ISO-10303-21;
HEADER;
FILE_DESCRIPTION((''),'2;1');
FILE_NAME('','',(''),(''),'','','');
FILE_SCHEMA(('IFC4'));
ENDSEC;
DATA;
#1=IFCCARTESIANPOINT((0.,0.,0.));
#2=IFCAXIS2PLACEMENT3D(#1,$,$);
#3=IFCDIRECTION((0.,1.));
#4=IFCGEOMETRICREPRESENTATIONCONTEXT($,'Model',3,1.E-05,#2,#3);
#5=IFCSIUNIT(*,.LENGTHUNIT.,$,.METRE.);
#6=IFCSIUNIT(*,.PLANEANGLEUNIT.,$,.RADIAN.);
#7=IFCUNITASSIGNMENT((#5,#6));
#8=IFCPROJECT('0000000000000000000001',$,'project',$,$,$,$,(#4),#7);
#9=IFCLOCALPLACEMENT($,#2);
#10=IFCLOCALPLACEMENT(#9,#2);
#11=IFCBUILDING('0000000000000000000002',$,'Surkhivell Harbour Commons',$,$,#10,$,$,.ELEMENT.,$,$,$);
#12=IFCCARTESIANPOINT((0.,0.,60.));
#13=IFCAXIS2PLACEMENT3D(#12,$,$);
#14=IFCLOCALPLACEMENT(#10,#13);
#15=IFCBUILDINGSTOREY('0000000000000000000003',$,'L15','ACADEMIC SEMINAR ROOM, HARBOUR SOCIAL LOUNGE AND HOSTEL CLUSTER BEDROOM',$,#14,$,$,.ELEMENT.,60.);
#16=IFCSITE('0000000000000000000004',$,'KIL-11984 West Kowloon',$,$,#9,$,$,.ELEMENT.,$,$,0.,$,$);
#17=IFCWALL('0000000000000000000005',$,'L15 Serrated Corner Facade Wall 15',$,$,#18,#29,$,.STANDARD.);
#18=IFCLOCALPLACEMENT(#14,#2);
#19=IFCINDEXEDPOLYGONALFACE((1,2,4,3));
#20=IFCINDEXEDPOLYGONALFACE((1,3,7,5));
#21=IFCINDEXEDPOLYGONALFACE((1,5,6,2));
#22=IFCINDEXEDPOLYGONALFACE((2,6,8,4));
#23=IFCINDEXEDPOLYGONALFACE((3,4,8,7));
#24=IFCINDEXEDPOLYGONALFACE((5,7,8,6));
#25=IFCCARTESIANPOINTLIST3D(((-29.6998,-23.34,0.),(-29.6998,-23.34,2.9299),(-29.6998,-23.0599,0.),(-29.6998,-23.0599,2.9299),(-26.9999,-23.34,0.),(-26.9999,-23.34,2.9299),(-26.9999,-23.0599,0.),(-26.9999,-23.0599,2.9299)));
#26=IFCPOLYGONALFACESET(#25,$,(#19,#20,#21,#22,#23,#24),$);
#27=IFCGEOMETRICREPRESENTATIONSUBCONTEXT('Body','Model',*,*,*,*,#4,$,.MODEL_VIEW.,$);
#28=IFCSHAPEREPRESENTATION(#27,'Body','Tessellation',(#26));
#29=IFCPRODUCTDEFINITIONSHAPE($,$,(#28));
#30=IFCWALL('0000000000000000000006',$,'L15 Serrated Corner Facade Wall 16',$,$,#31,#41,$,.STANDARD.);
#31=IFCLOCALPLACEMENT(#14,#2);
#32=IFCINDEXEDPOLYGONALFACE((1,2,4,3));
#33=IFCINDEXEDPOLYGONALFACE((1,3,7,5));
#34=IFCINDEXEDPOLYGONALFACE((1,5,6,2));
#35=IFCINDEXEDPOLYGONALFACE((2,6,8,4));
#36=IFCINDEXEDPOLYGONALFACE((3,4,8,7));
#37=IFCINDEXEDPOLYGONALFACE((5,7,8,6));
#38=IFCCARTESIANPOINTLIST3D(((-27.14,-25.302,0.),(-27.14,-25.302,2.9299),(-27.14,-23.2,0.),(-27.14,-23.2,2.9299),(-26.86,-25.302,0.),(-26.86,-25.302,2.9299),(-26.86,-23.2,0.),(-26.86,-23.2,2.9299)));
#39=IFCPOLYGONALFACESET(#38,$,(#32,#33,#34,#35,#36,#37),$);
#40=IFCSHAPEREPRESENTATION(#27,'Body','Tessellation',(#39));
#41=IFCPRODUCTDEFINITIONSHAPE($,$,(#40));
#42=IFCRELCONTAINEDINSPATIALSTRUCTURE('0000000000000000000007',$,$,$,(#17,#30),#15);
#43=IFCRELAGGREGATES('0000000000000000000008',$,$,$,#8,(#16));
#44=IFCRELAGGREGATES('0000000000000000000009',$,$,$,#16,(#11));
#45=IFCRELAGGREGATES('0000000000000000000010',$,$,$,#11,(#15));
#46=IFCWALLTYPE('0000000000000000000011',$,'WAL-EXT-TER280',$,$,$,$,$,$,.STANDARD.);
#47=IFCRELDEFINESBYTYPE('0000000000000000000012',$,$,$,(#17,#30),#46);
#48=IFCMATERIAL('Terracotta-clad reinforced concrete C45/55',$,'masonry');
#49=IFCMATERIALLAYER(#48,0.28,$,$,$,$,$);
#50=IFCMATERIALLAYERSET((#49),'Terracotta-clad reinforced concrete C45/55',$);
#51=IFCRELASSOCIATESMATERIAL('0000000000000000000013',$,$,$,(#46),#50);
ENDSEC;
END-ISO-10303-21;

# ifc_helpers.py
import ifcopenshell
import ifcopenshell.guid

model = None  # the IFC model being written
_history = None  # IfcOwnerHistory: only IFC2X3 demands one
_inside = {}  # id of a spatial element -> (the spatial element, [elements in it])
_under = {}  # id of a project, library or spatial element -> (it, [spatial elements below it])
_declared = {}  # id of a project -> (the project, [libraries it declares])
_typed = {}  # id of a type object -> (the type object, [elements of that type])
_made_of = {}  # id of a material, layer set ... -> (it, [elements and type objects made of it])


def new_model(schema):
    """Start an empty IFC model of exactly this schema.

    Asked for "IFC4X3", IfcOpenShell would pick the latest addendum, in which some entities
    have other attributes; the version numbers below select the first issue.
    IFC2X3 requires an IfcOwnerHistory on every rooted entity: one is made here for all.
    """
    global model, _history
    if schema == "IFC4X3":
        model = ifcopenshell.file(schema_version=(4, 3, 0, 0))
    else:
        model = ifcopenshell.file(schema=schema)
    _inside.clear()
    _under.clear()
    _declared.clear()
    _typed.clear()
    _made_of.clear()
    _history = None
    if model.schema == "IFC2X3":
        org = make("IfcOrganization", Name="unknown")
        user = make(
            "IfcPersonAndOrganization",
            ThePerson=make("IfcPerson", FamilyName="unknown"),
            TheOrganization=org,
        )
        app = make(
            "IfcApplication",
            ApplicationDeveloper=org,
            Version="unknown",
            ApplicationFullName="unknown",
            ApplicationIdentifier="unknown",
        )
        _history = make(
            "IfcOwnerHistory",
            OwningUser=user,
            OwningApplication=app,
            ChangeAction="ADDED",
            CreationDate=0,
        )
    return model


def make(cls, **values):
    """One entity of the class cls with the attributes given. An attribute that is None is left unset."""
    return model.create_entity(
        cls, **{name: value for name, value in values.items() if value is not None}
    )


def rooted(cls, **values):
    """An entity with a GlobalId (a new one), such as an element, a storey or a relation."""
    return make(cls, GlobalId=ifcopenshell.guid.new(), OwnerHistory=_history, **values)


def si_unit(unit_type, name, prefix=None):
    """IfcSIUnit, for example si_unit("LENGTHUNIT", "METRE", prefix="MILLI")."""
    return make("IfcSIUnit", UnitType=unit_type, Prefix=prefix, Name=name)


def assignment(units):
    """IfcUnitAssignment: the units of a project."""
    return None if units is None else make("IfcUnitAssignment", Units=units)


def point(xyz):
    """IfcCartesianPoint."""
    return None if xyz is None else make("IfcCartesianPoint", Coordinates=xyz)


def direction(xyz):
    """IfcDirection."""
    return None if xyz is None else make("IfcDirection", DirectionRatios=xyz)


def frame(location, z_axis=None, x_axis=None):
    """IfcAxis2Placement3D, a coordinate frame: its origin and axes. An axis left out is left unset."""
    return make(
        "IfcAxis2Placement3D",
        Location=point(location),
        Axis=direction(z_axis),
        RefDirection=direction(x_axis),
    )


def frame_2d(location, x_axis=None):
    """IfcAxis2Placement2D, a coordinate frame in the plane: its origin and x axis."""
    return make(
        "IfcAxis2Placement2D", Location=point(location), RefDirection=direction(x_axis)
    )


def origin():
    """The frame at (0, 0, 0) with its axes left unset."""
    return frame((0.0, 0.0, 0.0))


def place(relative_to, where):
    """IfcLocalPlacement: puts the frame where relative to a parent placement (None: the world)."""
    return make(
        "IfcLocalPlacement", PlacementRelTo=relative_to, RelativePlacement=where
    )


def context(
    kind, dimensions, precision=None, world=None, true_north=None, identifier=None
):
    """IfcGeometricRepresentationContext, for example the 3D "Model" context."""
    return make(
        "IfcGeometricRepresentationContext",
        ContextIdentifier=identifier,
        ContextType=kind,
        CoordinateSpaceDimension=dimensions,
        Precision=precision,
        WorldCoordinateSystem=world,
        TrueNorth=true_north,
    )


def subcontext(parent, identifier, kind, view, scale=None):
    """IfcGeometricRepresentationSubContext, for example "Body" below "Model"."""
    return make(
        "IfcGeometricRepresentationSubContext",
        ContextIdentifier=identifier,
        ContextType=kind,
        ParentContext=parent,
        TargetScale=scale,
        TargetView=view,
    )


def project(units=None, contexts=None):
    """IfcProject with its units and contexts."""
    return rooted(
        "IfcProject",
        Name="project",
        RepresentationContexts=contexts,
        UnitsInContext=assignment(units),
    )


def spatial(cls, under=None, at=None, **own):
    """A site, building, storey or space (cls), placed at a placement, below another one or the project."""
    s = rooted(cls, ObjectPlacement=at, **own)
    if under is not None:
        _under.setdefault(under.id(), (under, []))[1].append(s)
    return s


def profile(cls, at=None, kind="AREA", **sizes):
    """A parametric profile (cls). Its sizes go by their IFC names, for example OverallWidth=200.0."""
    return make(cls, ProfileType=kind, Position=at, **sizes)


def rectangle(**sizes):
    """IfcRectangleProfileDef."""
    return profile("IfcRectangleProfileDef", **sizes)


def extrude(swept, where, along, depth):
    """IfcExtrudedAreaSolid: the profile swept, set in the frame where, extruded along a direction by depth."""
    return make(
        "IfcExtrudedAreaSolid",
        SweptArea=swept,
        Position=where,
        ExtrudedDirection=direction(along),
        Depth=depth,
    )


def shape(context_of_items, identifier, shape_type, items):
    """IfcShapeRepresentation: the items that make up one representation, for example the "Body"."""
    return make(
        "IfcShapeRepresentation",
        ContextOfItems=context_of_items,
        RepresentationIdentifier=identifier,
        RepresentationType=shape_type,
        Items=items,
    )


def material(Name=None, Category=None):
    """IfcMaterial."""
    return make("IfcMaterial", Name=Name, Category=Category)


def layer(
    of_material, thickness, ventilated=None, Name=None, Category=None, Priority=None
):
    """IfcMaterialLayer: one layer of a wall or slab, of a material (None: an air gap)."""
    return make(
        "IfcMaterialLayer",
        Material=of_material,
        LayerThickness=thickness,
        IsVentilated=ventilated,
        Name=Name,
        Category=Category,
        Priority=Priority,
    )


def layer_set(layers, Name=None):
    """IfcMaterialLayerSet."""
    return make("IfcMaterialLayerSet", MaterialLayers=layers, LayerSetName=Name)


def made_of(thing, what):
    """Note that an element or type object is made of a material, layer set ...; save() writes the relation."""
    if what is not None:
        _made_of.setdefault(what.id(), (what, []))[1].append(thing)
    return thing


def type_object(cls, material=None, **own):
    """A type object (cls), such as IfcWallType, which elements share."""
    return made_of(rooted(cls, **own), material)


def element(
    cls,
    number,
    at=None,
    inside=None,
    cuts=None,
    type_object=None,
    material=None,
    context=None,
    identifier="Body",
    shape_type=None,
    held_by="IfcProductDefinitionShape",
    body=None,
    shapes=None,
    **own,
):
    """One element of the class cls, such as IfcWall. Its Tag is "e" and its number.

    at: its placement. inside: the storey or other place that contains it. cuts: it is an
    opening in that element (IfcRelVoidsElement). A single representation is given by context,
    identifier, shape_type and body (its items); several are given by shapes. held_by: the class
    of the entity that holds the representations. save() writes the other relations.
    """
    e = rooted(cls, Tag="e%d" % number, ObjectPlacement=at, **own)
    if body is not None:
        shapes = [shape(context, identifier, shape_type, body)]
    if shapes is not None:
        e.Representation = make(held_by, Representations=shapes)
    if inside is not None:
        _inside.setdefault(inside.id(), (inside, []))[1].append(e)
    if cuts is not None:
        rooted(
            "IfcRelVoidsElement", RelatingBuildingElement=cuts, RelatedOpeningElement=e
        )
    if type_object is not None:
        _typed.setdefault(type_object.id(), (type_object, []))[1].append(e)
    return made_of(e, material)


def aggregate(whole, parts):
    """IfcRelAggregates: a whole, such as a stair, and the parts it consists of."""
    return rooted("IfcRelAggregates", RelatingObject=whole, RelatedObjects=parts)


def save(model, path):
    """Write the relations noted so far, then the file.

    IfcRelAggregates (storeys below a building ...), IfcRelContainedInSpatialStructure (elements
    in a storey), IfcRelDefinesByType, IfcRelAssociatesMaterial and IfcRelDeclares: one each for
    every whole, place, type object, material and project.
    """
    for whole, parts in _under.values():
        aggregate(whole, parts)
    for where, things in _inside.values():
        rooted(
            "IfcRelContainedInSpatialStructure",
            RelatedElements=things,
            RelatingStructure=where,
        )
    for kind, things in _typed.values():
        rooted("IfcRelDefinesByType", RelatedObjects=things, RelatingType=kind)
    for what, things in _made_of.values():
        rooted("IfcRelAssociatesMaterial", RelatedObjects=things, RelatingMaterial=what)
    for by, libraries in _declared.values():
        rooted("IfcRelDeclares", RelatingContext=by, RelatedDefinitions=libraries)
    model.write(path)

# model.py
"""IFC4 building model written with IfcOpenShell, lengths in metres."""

from ifc_helpers import new_model, si_unit, direction, frame, frame_2d, origin, place, context, subcontext, project, spatial, rectangle, extrude, material, layer, layer_set, type_object, element, save


model = new_model("IFC4")

# Units and contexts
model_context = context("Model", 3, precision=1e-05, world=origin(), true_north=direction((0.0, 1.0)))
body_context = subcontext(model_context, "Body", "Model", "MODEL_VIEW")
ifc_project = project(units=[si_unit("LENGTHUNIT", "METRE"), si_unit("PLANEANGLEUNIT", "RADIAN")], contexts=[model_context])

# Site, building, storey
site_placement = place(None, origin())
site = spatial("IfcSite", under=ifc_project, at=site_placement, Name="KIL-11984 West Kowloon", CompositionType="ELEMENT", RefElevation=0.0)
building_placement = place(site_placement, origin())
building = spatial("IfcBuilding", under=site, at=building_placement, Name="Surkhivell Harbour Commons", CompositionType="ELEMENT")
storey_placement = place(building_placement, frame((0.0, 0.0, 60.0)))
storey = spatial("IfcBuildingStorey", under=building, at=storey_placement, Name="L15", Description="ACADEMIC SEMINAR ROOM, HARBOUR SOCIAL LOUNGE AND HOSTEL CLUSTER BEDROOM", CompositionType="ELEMENT", Elevation=60.0)

# Walls
ifc_material_1 = material(Name="Terracotta-clad reinforced concrete C45/55", Category="masonry")
ifc_layer_1 = layer(ifc_material_1, 0.28)
ifc_layer_set_1 = layer_set([ifc_layer_1], Name="Terracotta-clad reinforced concrete C45/55")
wall_type = type_object("IfcWallType", Name="WAL-EXT-TER280", PredefinedType="STANDARD", material=ifc_layer_set_1)
for number, where, z_axis, x_axis, name in (
    (1, (-29.7, -23.2, 0.0), (0.0, 0.0, 1.0), (1.0, 0.0, 0.0), "L15 Serrated Corner Facade Wall 15"),
):
    element("IfcWall", number, at=place(storey_placement, frame(where, z_axis=z_axis, x_axis=x_axis)), inside=storey, type_object=wall_type, Name=name, PredefinedType="STANDARD", context=body_context, shape_type="SweptSolid", body=[
        extrude(rectangle(XDim=2.7, YDim=0.28, at=frame_2d((1.3501, 0.0))), origin(), (0.0, 0.0, 1.0), 2.9299),
    ])
wall_1_placement = place(storey_placement, frame((-27.0, -23.2, 0.0), z_axis=(0.0, 0.0, 1.0), x_axis=(0.0, -1.0, 0.0)))
element("IfcWall", 2, at=wall_1_placement, inside=storey, type_object=wall_type, Name="L15 Serrated Corner Facade Wall 16", PredefinedType="STANDARD", context=body_context, shape_type="SweptSolid", body=[
    extrude(rectangle(XDim=2.1021, YDim=0.28, at=frame_2d((1.051, 0.0))), origin(), (0.0, 0.0, 1.0), 2.9299),
])

save(model, "model.ifc")
